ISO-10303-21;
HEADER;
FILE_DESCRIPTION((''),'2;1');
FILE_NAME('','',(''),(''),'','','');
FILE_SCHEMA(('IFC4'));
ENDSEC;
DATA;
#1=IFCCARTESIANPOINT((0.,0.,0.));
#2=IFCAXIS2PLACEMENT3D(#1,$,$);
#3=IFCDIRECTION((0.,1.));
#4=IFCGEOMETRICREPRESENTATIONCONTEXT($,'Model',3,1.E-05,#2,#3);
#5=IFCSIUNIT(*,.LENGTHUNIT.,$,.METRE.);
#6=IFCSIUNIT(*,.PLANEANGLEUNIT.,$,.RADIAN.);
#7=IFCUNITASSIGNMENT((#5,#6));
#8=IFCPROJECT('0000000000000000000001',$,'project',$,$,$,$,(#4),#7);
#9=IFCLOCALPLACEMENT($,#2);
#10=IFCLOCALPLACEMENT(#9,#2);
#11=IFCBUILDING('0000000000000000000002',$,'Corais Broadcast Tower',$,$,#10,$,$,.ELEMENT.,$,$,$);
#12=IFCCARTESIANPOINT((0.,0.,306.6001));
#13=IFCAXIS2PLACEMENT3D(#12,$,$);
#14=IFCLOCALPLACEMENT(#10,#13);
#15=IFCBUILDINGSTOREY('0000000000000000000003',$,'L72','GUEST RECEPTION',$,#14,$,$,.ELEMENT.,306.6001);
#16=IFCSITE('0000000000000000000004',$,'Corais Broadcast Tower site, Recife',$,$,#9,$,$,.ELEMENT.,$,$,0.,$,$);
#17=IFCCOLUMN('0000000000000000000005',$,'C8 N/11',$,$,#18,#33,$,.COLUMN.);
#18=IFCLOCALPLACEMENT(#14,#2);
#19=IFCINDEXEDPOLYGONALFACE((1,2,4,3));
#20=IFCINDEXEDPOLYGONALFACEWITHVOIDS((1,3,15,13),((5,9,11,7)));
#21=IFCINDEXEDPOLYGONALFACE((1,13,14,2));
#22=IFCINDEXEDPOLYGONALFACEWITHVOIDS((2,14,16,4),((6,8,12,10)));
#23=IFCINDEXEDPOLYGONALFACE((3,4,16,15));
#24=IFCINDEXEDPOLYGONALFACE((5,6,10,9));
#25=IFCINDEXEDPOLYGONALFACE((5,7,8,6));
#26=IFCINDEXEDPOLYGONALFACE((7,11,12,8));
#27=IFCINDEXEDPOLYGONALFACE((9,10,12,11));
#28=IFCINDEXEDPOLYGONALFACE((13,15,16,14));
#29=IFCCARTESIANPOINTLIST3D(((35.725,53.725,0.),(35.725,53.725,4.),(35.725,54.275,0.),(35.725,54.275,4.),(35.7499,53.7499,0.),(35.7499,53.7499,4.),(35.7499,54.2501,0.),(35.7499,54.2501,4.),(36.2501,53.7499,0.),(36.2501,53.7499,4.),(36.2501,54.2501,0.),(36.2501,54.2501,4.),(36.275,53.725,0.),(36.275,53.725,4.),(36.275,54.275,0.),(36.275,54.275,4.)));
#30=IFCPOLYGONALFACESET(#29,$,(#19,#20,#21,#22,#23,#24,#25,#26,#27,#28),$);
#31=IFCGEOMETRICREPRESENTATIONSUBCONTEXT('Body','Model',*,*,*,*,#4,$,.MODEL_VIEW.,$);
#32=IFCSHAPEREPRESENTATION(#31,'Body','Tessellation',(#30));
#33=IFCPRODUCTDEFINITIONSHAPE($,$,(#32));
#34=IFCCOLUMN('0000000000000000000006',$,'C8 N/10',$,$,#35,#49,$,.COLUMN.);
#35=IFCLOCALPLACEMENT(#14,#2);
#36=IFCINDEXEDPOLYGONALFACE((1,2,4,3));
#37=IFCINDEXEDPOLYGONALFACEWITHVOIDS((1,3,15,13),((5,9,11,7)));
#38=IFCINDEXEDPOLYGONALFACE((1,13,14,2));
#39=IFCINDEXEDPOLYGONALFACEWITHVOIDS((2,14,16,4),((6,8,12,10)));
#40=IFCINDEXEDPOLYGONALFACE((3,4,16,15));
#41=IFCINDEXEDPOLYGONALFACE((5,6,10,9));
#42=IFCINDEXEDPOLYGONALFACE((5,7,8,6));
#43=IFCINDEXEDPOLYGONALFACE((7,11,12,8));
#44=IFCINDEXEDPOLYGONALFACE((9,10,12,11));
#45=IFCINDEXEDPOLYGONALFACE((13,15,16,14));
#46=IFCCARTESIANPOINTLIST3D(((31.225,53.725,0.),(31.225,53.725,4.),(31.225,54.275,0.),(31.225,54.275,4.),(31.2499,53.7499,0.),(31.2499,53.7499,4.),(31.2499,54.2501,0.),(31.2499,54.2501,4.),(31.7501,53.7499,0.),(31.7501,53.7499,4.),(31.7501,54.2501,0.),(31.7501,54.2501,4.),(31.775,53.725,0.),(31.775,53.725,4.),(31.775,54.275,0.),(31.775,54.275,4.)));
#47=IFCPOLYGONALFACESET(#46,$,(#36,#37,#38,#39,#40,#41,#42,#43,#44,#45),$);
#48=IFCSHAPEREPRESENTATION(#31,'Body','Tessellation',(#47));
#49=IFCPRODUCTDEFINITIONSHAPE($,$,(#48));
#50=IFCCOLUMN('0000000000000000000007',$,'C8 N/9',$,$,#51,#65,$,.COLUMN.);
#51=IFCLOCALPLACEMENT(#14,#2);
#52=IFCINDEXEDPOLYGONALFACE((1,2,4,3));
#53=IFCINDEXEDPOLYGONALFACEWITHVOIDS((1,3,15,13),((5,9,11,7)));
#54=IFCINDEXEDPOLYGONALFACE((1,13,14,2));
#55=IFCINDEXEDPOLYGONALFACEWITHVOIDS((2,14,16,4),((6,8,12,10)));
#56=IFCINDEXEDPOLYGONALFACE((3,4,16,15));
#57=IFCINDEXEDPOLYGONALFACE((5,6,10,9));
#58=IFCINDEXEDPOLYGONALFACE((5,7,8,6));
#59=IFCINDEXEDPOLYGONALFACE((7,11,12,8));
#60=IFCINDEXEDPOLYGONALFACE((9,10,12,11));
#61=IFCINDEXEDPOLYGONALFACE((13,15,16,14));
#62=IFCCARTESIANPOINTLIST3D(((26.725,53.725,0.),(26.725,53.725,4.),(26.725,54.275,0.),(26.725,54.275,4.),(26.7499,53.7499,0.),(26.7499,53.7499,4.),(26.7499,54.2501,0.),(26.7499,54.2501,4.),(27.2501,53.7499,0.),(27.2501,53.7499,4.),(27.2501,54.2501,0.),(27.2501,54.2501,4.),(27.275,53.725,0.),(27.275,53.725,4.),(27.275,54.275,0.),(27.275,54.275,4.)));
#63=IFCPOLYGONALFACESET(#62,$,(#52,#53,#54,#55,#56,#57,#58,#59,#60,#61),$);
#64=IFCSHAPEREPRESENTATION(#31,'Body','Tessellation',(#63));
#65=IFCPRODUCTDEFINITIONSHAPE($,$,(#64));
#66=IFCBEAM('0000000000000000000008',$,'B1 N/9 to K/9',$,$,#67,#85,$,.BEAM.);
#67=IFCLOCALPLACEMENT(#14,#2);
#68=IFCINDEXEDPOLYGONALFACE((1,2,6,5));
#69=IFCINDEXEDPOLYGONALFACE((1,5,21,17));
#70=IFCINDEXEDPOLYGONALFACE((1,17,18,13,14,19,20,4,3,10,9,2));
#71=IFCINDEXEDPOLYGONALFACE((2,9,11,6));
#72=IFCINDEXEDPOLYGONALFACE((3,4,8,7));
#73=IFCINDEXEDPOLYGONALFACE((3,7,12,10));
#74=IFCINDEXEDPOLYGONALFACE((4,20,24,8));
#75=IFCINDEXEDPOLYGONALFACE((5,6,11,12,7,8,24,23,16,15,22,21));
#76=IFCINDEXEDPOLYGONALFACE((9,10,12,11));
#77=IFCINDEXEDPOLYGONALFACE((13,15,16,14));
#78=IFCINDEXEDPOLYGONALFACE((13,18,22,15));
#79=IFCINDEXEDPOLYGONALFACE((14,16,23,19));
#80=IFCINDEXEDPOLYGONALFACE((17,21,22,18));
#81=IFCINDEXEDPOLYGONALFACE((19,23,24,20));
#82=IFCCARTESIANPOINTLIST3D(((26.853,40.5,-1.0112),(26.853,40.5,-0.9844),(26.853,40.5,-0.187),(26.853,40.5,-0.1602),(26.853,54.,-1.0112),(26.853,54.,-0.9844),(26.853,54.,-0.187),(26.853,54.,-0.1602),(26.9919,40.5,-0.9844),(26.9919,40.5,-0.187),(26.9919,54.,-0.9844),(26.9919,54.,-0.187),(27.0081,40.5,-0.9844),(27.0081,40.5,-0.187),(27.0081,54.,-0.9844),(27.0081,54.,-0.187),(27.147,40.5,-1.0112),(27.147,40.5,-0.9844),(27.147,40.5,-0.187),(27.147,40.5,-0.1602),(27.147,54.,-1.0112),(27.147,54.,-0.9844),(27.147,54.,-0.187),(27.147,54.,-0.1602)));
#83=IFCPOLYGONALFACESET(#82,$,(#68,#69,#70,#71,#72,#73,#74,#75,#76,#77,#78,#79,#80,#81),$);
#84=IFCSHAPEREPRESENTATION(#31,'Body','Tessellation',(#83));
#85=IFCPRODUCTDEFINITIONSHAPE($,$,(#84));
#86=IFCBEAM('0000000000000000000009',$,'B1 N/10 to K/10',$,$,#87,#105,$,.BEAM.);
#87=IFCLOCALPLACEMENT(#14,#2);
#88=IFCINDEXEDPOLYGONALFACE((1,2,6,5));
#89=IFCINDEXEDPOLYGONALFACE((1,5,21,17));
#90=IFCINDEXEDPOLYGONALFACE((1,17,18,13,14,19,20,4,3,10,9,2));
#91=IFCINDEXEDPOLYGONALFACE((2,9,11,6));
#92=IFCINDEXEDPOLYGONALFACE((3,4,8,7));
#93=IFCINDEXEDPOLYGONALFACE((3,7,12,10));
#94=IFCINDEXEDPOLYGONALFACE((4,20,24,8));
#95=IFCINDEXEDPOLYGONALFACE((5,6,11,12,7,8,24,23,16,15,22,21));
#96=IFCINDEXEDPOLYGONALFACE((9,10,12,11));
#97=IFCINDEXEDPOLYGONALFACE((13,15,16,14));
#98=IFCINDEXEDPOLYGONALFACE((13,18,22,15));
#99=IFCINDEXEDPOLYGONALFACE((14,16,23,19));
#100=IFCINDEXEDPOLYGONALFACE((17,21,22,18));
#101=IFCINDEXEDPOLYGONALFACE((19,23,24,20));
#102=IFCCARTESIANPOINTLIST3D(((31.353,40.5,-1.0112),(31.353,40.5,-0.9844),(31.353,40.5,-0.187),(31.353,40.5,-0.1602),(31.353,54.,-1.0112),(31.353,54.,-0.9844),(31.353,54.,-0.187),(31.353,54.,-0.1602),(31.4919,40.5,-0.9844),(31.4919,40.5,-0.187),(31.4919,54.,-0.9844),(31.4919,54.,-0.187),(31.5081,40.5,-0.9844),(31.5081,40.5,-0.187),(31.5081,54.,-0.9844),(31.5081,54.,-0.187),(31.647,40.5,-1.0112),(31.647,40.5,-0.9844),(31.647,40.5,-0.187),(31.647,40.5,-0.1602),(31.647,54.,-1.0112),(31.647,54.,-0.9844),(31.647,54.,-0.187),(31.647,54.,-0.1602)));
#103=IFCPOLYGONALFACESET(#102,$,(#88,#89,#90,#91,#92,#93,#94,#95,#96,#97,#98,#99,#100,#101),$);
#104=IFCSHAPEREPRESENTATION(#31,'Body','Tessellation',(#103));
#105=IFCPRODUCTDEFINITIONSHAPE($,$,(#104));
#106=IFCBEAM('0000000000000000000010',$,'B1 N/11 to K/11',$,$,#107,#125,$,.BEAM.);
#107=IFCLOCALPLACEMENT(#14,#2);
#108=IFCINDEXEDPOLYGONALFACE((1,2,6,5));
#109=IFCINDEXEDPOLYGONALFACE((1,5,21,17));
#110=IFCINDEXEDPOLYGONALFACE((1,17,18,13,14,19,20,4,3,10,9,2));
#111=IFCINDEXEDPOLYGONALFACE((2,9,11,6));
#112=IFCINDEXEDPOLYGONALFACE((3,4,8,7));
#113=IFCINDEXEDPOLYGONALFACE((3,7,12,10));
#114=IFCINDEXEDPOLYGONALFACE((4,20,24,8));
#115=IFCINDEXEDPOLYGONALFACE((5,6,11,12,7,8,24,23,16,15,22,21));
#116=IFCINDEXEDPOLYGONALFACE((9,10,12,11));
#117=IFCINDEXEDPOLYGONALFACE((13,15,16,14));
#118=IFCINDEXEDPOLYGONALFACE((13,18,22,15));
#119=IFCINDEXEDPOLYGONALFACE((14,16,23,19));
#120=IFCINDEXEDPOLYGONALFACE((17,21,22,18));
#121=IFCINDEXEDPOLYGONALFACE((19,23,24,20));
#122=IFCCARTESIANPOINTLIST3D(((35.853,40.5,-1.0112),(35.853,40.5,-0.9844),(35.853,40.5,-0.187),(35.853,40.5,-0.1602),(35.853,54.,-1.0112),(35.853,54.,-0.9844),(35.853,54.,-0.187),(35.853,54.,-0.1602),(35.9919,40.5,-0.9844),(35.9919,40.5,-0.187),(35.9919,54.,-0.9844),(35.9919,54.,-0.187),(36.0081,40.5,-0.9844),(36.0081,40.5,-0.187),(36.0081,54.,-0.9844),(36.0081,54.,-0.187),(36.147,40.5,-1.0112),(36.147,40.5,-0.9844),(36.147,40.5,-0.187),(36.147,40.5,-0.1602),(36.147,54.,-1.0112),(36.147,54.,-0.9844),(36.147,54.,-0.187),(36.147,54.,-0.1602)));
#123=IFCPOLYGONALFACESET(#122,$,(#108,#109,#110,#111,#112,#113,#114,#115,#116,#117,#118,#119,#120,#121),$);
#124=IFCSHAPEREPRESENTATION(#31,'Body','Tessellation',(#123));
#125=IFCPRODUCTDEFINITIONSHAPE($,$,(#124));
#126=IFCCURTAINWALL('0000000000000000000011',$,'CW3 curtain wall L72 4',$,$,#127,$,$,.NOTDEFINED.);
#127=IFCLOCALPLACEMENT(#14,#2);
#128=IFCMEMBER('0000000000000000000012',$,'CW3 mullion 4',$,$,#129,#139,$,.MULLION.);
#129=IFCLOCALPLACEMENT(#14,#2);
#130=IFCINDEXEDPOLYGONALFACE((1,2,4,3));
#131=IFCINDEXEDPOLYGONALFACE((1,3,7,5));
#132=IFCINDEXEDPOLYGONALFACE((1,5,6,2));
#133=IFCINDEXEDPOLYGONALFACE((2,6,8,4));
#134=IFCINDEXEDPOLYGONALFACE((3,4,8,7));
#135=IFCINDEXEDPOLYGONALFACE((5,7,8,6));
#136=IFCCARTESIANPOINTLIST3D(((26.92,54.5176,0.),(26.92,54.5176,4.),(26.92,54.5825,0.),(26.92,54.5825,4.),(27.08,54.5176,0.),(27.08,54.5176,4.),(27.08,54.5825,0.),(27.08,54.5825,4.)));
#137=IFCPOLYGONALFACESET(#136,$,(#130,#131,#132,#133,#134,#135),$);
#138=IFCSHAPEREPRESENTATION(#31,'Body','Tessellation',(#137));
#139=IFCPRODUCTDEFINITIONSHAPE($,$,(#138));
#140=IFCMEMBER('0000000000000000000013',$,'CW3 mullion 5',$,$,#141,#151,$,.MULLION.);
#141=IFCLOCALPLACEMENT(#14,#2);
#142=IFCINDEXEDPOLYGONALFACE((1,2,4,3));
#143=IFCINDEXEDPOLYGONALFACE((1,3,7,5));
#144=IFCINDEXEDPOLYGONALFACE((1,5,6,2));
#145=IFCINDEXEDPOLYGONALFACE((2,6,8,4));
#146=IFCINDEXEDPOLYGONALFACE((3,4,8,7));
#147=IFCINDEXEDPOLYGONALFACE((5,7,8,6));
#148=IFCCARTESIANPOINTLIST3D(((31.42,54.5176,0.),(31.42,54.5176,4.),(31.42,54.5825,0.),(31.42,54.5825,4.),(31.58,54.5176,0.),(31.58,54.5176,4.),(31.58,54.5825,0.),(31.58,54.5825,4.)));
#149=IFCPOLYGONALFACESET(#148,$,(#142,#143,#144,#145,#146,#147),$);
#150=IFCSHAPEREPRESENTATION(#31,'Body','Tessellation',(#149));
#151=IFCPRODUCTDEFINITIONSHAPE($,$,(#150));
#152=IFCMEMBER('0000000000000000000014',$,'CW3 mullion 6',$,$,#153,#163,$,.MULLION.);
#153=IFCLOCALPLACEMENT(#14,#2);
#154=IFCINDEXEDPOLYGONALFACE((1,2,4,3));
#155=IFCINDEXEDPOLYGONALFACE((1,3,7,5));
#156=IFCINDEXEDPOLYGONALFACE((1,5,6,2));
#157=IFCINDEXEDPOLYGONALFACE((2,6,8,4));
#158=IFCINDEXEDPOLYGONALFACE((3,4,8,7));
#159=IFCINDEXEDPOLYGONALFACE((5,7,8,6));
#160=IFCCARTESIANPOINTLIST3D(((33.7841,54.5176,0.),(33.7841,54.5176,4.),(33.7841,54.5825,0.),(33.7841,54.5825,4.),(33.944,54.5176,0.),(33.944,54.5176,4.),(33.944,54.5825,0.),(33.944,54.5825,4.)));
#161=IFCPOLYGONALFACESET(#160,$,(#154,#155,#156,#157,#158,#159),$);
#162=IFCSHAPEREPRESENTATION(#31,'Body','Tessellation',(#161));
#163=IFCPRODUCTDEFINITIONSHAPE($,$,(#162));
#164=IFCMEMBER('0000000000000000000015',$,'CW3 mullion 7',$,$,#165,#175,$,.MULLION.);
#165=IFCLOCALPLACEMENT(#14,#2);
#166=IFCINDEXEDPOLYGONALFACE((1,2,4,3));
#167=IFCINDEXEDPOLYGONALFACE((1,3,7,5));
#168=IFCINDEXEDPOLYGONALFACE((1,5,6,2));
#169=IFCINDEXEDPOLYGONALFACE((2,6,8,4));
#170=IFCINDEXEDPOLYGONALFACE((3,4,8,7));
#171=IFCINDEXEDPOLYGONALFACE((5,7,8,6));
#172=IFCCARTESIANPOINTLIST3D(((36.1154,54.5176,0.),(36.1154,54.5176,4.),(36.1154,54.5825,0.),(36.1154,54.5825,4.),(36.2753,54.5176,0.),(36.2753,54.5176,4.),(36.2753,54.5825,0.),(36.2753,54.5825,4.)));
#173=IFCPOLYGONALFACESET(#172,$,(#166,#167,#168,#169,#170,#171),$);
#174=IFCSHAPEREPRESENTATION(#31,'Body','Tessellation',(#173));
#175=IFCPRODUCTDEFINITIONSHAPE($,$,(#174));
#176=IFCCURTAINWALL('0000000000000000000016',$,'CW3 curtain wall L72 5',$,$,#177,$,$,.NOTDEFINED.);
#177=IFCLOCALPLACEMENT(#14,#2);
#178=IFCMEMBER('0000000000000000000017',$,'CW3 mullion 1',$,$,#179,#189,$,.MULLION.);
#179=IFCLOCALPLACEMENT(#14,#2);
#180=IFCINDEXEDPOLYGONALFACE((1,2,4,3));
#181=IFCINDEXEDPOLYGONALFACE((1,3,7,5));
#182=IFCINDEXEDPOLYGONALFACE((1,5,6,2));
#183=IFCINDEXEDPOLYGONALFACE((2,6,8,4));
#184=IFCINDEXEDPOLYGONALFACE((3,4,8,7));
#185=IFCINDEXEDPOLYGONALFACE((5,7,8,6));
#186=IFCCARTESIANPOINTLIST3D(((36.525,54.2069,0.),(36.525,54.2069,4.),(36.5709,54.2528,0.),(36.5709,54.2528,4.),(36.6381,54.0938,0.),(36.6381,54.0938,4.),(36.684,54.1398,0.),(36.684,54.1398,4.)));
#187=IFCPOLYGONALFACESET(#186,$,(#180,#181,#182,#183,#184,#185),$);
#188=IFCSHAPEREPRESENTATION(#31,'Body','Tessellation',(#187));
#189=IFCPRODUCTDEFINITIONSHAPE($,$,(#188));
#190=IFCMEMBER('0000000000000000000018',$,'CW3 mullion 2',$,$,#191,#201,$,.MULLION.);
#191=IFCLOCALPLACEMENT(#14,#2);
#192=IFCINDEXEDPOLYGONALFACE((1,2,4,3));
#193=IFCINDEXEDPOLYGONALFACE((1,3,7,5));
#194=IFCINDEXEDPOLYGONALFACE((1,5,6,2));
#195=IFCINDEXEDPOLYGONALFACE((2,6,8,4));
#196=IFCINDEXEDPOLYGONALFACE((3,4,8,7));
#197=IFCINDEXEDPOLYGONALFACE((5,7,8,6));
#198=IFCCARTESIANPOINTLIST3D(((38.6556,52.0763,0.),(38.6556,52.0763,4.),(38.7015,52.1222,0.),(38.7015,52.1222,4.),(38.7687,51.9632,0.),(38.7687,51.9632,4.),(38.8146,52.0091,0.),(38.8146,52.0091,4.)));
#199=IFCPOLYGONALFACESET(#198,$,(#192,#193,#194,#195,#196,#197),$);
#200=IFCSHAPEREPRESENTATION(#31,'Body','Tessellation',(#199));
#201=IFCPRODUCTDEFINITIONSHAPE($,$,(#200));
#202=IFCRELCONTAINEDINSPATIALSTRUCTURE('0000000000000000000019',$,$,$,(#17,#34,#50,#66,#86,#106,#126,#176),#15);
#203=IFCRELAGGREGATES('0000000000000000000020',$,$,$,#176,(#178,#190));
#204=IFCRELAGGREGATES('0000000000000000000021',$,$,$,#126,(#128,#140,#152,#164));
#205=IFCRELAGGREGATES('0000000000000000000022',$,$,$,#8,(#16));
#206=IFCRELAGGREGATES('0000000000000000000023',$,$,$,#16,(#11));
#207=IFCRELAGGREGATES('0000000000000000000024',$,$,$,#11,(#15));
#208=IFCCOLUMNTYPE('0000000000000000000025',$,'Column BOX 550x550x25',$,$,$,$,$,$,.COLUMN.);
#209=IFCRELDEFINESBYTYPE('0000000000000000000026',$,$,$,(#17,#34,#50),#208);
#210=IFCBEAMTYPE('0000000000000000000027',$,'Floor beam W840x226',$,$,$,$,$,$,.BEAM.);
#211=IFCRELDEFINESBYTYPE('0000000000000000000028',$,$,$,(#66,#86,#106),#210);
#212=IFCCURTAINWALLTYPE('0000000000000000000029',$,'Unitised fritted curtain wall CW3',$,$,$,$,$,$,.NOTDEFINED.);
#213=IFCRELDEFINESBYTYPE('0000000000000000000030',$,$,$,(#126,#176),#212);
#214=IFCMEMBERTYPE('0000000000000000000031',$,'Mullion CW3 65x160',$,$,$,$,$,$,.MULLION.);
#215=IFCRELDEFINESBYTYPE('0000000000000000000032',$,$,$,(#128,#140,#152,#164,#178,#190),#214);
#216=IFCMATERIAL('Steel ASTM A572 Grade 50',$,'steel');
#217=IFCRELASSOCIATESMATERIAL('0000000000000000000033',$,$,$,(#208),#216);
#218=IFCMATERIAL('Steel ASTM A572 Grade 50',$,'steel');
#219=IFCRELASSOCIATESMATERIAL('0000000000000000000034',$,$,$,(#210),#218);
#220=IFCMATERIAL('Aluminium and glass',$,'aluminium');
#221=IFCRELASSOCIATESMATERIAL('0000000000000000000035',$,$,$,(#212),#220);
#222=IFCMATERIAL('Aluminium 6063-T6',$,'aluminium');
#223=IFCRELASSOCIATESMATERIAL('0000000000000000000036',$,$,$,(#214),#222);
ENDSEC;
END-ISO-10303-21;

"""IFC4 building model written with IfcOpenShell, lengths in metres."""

from ifc_helpers import new_model, si_unit, direction, frame, origin, origin_2d, place, context, subcontext, project, spatial, rectangle, hollow_rectangle, i_section, extrude, material, material_profile, profile_set, type_object, element, aggregate, save


model = new_model("IFC4")

# Units and contexts
model_context = context("Model", 3, precision=1e-05, world=origin(), true_north=direction((0.0, 1.0)))
body_context = subcontext(model_context, "Body", "Model", "MODEL_VIEW")
ifc_project = project(units=[si_unit("LENGTHUNIT", "METRE"), si_unit("PLANEANGLEUNIT", "RADIAN")], contexts=[model_context])

# Site, building, storey
site_placement = place(None, origin())
site = spatial("IfcSite", under=ifc_project, at=site_placement, Name="Corais Broadcast Tower site, Recife", CompositionType="ELEMENT", RefElevation=0.0)
building_placement = place(site_placement, origin())
building = spatial("IfcBuilding", under=site, at=building_placement, Name="Corais Broadcast Tower", CompositionType="ELEMENT")
storey_placement = place(building_placement, frame((0.0, 0.0, 306.6001)))
storey = spatial("IfcBuildingStorey", under=building, at=storey_placement, Name="L72", Description="GUEST RECEPTION", CompositionType="ELEMENT", Elevation=306.6001)

# Columns
ifc_material_1 = material(Name="Steel ASTM A572 Grade 50", Category="steel")
ifc_material_profile_1 = material_profile(ifc_material_1, hollow_rectangle(XDim=0.55, YDim=0.55, WallThickness=0.0249, at=origin_2d()), Name="BOX 550x550x25")
ifc_profile_set_1 = profile_set([ifc_material_profile_1], Name="Steel ASTM A572 Grade 50")
column_type = type_object("IfcColumnType", Name="Column BOX 550x550x25", PredefinedType="COLUMN", material=ifc_profile_set_1)
for number, where, z_axis, x_axis, name in (
    (1, (36.0, 54.0, 0.0), (0.0, 0.0, 1.0), (1.0, 0.0, 0.0), "C8 N/11"),
    (2, (31.5, 54.0, 0.0), (0.0, 0.0, 1.0), (1.0, 0.0, 0.0), "C8 N/10"),
    (3, (27.0, 54.0, 0.0), (0.0, 0.0, 1.0), (1.0, 0.0, 0.0), "C8 N/9"),
):
    element("IfcColumn", number, at=place(storey_placement, frame(where, z_axis=z_axis, x_axis=x_axis)), inside=storey, type_object=column_type, Name=name, PredefinedType="COLUMN", context=body_context, shape_type="SweptSolid", body=[
        extrude(hollow_rectangle(XDim=0.55, YDim=0.55, WallThickness=0.0249, at=origin_2d()), origin(), (0.0, 0.0, 1.0), 4.0),
    ])

# Beams
ifc_material_2 = material(Name="Steel ASTM A572 Grade 50", Category="steel")
ifc_material_profile_2 = material_profile(ifc_material_2, i_section(OverallWidth=0.2939, OverallDepth=0.8511, WebThickness=0.0161, FlangeThickness=0.0269, at=origin_2d()), Name="W840x226")
ifc_profile_set_2 = profile_set([ifc_material_profile_2], Name="Steel ASTM A572 Grade 50")
beam_type_1 = type_object("IfcBeamType", Name="Floor beam W840x226", PredefinedType="BEAM", material=ifc_profile_set_2)
for number, where, z_axis, x_axis, name in (
    (4, (27.0, 54.0, -0.5857), (0.0, -1.0, 0.0), (1.0, 0.0, 0.0), "B1 N/9 to K/9"),
    (5, (31.5, 54.0, -0.5857), (0.0, -1.0, 0.0), (1.0, 0.0, 0.0), "B1 N/10 to K/10"),
    (6, (36.0, 54.0, -0.5857), (0.0, -1.0, 0.0), (1.0, 0.0, 0.0), "B1 N/11 to K/11"),
):
    element("IfcBeam", number, at=place(storey_placement, frame(where, z_axis=z_axis, x_axis=x_axis)), inside=storey, type_object=beam_type_1, Name=name, PredefinedType="BEAM", context=body_context, shape_type="SweptSolid", body=[
        extrude(i_section(OverallWidth=0.2939, OverallDepth=0.8511, WebThickness=0.0161, FlangeThickness=0.0269, at=origin_2d()), origin(), (0.0, 0.0, 1.0), 13.5),
    ])

# Curtain walls, members
ifc_material_3 = material(Name="Aluminium and glass", Category="aluminium")
curtain_wall_type = type_object("IfcCurtainWallType", Name="Unitised fritted curtain wall CW3", PredefinedType="NOTDEFINED", material=ifc_material_3)
curtain_wall_1_placement = place(storey_placement, origin())
curtain_wall_1 = element("IfcCurtainWall", 7, at=curtain_wall_1_placement, inside=storey, type_object=curtain_wall_type, Name="CW3 curtain wall L72 4", PredefinedType="NOTDEFINED")
ifc_material_4 = material(Name="Aluminium 6063-T6", Category="aluminium")
ifc_material_profile_3 = material_profile(ifc_material_4, rectangle(XDim=0.0649, YDim=0.1599, at=origin_2d()), Name="Mullion CW3 65x160")
ifc_profile_set_3 = profile_set([ifc_material_profile_3], Name="Aluminium 6063-T6")
member_type_1 = type_object("IfcMemberType", Name="Mullion CW3 65x160", PredefinedType="MULLION", material=ifc_profile_set_3)
member_1_placement = place(storey_placement, frame((27.0, 54.55, 0.0), z_axis=(0.0, 0.0, 1.0), x_axis=(0.0, 1.0, 0.0)))
member_1 = element("IfcMember", 8, at=member_1_placement, type_object=member_type_1, Name="CW3 mullion 4", PredefinedType="MULLION", context=body_context, shape_type="SweptSolid", body=[
    extrude(rectangle(XDim=0.0649, YDim=0.1599, at=origin_2d()), origin(), (0.0, 0.0, 1.0), 4.0),
])
member_2_placement = place(storey_placement, frame((31.5, 54.55, 0.0), z_axis=(0.0, 0.0, 1.0), x_axis=(0.0, 1.0, 0.0)))
member_2 = element("IfcMember", 9, at=member_2_placement, type_object=member_type_1, Name="CW3 mullion 5", PredefinedType="MULLION", context=body_context, shape_type="SweptSolid", body=[
    extrude(rectangle(XDim=0.0649, YDim=0.1599, at=origin_2d()), origin(), (0.0, 0.0, 1.0), 4.0),
])
member_3_placement = place(storey_placement, frame((33.864, 54.55, 0.0), z_axis=(0.0, 0.0, 1.0), x_axis=(0.0, 1.0, 0.0)))
member_3 = element("IfcMember", 10, at=member_3_placement, type_object=member_type_1, Name="CW3 mullion 6", PredefinedType="MULLION", context=body_context, shape_type="SweptSolid", body=[
    extrude(rectangle(XDim=0.0649, YDim=0.1599, at=origin_2d()), origin(), (0.0, 0.0, 1.0), 4.0),
])
member_4_placement = place(storey_placement, frame((36.1953, 54.55, 0.0), z_axis=(0.0, 0.0, 1.0), x_axis=(0.0, 1.0, 0.0)))
member_4 = element("IfcMember", 11, at=member_4_placement, type_object=member_type_1, Name="CW3 mullion 7", PredefinedType="MULLION", context=body_context, shape_type="SweptSolid", body=[
    extrude(rectangle(XDim=0.0649, YDim=0.1599, at=origin_2d()), origin(), (0.0, 0.0, 1.0), 4.0),
])
curtain_wall_2_placement = place(storey_placement, origin())
curtain_wall_2 = element("IfcCurtainWall", 12, at=curtain_wall_2_placement, inside=storey, type_object=curtain_wall_type, Name="CW3 curtain wall L72 5", PredefinedType="NOTDEFINED")
member_5_placement = place(storey_placement, frame((36.6045, 54.1733, 0.0), z_axis=(0.0, 0.0, 1.0), x_axis=(0.707107, 0.707107, 0.0)))
member_5 = element("IfcMember", 13, at=member_5_placement, type_object=member_type_1, Name="CW3 mullion 1", PredefinedType="MULLION", context=body_context, shape_type="SweptSolid", body=[
    extrude(rectangle(XDim=0.0649, YDim=0.1599, at=origin_2d()), origin(), (0.0, 0.0, 1.0), 4.0),
])
member_6_placement = place(storey_placement, frame((38.7351, 52.0427, 0.0), z_axis=(0.0, 0.0, 1.0), x_axis=(0.707107, 0.707107, 0.0)))
member_6 = element("IfcMember", 14, at=member_6_placement, type_object=member_type_1, Name="CW3 mullion 2", PredefinedType="MULLION", context=body_context, shape_type="SweptSolid", body=[
    extrude(rectangle(XDim=0.0649, YDim=0.1599, at=origin_2d()), origin(), (0.0, 0.0, 1.0), 4.0),
])

aggregate(curtain_wall_2, [member_5, member_6])
aggregate(curtain_wall_1, [member_1, member_2, member_3, member_4])

save(model, "model.ifc")
